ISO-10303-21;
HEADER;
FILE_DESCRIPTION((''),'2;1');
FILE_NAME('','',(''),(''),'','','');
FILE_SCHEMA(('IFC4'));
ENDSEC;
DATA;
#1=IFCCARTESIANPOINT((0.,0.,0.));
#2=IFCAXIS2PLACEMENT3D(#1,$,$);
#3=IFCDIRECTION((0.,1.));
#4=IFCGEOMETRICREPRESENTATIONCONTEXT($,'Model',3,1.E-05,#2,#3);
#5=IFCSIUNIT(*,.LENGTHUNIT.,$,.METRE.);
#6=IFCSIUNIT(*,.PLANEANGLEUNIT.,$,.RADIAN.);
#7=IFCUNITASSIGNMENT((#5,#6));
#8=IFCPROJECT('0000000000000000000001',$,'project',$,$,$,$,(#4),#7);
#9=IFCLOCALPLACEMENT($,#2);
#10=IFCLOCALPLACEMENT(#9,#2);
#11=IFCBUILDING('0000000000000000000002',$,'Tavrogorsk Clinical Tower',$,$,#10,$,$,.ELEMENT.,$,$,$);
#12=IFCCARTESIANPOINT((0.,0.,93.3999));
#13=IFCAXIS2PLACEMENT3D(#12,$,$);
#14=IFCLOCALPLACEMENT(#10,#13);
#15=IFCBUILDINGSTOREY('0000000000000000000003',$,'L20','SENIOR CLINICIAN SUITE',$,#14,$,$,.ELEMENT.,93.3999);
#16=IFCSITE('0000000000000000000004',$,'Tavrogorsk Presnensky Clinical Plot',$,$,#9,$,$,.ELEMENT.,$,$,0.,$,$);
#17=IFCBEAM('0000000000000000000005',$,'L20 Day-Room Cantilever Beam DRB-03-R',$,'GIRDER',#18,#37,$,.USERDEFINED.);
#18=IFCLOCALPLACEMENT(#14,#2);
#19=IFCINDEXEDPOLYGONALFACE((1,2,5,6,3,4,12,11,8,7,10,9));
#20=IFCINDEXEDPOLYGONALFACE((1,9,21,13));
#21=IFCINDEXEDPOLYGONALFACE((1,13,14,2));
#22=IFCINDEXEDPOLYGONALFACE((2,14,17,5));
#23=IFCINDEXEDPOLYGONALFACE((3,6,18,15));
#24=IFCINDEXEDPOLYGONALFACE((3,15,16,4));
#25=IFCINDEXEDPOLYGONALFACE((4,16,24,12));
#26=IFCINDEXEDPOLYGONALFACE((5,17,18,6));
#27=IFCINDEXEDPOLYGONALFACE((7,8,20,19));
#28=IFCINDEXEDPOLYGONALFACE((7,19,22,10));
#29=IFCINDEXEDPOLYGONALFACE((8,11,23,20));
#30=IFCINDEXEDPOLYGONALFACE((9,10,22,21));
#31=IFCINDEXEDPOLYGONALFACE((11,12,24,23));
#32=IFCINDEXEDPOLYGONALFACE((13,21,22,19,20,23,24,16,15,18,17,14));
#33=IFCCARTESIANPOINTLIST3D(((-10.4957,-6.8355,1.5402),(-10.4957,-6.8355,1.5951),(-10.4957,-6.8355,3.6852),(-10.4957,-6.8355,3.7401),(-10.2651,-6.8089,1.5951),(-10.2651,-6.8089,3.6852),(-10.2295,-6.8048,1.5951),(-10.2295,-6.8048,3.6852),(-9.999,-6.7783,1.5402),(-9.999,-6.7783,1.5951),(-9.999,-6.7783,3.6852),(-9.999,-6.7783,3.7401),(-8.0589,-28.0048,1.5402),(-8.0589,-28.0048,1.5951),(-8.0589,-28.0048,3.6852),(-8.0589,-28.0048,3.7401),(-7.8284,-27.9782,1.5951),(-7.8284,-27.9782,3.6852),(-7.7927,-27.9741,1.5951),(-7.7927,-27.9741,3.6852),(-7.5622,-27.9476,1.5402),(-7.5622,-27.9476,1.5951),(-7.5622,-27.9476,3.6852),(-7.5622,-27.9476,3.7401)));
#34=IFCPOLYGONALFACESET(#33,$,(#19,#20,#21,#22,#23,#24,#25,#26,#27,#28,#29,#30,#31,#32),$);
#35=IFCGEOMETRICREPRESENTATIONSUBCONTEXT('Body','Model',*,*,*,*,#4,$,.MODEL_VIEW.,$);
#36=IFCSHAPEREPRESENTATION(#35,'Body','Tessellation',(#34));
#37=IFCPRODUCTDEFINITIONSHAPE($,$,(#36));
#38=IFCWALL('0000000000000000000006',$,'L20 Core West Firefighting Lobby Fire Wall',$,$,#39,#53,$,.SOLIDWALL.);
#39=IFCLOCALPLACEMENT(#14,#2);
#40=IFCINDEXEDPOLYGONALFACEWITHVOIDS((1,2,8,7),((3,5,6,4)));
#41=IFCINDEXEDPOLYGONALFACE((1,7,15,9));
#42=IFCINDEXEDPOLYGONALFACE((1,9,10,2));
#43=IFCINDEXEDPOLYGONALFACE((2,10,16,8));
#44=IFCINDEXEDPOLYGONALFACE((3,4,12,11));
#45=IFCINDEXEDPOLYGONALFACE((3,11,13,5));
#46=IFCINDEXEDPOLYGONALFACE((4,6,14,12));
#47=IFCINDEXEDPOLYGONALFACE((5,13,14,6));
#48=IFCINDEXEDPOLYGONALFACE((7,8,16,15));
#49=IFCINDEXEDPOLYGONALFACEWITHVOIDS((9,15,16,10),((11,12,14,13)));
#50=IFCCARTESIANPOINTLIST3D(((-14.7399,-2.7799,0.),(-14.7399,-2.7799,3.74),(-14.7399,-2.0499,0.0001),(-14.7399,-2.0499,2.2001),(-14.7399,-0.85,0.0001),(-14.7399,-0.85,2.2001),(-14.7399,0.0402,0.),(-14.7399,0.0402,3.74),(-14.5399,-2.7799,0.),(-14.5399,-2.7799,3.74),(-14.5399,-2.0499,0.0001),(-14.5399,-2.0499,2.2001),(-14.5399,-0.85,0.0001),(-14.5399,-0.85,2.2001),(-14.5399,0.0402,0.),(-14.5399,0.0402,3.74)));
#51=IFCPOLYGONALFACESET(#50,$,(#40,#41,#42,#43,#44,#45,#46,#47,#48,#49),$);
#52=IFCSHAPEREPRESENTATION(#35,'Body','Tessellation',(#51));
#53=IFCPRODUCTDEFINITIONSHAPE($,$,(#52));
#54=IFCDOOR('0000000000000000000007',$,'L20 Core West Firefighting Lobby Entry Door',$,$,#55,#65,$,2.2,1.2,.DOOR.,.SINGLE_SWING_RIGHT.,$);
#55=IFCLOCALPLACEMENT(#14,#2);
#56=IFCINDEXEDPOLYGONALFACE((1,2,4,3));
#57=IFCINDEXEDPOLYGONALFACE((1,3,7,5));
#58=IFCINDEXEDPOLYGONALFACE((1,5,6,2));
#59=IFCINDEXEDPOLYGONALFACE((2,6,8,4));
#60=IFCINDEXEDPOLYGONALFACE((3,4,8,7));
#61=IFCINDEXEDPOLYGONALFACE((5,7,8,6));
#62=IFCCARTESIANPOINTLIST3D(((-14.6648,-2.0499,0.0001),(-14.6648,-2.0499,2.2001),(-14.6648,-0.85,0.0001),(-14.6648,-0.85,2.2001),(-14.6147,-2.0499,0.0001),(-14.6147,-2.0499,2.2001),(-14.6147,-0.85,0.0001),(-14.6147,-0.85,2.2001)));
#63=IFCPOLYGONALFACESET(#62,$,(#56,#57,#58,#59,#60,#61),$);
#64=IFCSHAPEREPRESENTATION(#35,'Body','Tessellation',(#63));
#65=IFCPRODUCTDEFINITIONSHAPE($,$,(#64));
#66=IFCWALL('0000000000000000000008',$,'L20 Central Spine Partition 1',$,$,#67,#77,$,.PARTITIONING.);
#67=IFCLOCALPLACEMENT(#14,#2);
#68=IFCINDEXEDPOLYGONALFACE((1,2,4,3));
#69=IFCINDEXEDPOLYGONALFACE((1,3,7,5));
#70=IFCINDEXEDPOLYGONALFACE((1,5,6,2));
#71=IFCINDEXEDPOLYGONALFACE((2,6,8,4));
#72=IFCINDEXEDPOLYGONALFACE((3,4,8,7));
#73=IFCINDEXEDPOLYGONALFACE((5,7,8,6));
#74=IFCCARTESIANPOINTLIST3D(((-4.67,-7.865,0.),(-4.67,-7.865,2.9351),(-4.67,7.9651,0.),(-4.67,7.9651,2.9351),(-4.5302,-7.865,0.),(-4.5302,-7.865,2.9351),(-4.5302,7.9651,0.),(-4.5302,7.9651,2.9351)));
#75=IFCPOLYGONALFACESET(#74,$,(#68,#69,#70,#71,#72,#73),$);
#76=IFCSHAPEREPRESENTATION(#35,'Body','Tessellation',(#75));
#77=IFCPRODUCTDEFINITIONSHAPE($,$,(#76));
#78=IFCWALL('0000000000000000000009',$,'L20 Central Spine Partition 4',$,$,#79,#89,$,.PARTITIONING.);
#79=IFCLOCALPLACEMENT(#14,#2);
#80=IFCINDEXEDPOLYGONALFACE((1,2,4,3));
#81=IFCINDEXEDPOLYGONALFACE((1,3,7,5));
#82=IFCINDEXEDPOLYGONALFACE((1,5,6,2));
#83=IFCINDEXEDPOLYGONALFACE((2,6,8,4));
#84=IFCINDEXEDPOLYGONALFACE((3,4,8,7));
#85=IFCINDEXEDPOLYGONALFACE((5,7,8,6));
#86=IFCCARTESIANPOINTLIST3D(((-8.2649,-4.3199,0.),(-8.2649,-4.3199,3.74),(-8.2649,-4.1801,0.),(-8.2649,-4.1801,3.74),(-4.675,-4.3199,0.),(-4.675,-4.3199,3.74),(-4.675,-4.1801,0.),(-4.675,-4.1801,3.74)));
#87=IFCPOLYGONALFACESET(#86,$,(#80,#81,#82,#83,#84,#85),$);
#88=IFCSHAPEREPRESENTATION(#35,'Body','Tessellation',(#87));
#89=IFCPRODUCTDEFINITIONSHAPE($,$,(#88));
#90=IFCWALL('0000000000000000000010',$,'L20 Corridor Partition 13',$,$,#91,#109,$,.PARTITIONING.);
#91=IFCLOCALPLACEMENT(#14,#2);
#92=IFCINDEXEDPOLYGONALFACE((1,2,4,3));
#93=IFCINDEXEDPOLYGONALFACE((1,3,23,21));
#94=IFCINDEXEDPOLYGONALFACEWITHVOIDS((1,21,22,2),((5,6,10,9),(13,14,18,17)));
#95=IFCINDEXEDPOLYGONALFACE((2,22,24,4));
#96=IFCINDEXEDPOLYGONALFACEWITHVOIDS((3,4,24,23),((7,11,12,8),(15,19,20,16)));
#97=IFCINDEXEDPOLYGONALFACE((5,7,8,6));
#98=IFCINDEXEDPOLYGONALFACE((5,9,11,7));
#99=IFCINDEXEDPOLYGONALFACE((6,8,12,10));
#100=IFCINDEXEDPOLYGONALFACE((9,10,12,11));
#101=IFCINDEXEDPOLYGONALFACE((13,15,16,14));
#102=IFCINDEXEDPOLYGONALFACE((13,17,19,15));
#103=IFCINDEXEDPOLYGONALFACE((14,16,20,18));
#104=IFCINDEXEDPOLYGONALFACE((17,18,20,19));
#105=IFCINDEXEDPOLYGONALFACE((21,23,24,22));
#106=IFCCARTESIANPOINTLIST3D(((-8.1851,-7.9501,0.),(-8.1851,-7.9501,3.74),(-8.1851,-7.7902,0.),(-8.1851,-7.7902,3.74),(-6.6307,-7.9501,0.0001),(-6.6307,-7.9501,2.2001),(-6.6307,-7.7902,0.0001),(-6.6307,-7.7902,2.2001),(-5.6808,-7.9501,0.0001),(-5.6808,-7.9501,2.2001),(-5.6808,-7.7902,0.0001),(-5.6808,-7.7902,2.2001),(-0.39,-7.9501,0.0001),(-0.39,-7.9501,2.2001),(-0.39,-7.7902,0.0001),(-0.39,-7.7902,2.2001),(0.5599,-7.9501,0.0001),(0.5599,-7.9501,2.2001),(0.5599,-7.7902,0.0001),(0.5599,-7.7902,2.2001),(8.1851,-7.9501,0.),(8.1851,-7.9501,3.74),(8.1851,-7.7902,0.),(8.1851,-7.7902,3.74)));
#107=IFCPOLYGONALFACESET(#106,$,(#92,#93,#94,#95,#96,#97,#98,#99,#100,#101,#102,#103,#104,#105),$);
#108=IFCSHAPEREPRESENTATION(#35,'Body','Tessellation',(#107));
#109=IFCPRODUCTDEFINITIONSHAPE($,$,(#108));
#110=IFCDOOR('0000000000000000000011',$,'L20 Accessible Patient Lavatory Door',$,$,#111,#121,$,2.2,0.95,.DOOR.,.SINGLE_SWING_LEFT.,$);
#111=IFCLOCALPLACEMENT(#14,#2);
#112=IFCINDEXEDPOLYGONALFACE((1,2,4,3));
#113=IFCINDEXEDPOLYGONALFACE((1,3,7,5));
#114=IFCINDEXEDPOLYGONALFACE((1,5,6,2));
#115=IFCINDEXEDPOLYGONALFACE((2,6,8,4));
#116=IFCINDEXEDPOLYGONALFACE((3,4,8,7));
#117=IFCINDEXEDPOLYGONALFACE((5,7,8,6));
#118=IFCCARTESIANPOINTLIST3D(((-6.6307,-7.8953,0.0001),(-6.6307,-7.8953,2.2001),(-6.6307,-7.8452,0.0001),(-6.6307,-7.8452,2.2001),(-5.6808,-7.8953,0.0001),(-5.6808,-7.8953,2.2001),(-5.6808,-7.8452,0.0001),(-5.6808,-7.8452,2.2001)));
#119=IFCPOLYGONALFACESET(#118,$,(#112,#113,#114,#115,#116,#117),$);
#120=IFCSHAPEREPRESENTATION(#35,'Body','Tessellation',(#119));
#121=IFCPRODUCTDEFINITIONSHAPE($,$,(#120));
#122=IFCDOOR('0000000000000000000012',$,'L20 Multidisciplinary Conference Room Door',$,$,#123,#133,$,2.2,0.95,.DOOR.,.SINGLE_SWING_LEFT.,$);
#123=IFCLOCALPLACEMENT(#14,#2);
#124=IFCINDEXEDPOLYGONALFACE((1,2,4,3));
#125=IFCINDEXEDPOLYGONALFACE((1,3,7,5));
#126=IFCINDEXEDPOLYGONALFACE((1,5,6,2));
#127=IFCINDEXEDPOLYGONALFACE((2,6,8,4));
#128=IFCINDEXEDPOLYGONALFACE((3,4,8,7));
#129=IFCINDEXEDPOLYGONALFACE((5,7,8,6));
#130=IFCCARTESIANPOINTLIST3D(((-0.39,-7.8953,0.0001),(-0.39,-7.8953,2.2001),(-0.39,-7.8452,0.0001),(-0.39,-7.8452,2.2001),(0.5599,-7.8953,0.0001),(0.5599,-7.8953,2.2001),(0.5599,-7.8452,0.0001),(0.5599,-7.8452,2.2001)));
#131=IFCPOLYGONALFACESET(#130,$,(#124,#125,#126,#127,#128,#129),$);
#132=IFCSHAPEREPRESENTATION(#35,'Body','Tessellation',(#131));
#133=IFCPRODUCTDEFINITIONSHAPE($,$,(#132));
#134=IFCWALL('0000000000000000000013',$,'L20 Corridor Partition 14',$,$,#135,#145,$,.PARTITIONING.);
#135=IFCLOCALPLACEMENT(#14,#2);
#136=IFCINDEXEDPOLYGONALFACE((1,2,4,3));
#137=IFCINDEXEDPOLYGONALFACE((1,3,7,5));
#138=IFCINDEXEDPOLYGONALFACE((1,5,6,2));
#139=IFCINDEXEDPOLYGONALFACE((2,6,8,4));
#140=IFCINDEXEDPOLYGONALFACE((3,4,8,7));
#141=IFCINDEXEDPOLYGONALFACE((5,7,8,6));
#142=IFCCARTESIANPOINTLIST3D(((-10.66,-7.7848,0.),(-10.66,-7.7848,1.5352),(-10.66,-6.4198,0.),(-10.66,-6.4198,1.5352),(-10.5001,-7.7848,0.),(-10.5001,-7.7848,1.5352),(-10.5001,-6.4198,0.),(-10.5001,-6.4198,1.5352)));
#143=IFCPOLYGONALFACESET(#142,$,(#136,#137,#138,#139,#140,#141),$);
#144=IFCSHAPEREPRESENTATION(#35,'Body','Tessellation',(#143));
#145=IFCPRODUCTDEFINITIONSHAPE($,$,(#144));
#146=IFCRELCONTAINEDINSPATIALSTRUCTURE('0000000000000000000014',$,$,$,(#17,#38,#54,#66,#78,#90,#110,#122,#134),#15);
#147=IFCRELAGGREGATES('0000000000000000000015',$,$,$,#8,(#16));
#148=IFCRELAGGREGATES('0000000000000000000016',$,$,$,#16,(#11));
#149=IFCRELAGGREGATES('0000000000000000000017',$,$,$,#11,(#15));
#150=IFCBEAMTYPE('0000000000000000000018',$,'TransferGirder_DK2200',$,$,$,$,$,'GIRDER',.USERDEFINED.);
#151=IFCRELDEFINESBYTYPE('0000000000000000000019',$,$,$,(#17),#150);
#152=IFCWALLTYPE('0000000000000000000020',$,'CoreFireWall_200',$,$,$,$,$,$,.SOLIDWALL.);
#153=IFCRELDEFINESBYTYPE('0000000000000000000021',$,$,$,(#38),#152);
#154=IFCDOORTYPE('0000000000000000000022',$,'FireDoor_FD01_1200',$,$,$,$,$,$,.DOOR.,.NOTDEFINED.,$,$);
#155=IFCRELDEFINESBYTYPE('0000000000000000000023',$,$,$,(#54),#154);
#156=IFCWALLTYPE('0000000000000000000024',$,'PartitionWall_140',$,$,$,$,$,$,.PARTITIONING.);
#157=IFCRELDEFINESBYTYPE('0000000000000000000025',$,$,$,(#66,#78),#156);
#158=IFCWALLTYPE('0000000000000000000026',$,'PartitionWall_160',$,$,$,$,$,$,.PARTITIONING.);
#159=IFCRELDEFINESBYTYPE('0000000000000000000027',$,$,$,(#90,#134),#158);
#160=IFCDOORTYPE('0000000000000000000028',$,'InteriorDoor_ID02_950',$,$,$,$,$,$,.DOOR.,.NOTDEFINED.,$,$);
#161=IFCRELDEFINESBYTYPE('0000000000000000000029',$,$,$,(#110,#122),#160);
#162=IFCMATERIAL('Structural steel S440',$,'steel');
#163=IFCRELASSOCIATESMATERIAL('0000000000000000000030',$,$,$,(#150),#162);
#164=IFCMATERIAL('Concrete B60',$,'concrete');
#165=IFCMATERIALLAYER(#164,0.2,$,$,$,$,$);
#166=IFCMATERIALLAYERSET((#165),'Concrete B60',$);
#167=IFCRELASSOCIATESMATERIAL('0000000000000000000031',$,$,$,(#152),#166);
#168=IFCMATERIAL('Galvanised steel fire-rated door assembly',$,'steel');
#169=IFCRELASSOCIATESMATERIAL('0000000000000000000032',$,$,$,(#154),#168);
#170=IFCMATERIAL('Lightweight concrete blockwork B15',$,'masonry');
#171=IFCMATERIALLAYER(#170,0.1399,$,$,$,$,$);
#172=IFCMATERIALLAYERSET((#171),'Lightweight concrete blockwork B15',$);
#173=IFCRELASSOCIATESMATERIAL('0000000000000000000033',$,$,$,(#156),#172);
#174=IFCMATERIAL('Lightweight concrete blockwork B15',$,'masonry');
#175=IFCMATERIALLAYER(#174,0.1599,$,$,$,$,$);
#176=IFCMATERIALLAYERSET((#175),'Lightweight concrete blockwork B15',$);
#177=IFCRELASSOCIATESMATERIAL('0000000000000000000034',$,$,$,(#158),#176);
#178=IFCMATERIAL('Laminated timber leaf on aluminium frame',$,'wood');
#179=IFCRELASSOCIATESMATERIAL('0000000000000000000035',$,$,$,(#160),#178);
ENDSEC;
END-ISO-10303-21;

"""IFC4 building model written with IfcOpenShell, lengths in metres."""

from ifc_helpers import new_model, si_unit, direction, frame, frame_2d, origin, origin_2d, place, context, subcontext, project, spatial, rectangle, i_section, extrude, material, layer, layer_set, material_profile, profile_set, type_object, element, fill, save


model = new_model("IFC4")

# Units and contexts
model_context = context("Model", 3, precision=1e-05, world=origin(), true_north=direction((0.0, 1.0)))
body_context = subcontext(model_context, "Body", "Model", "MODEL_VIEW")
ifc_project = project(units=[si_unit("LENGTHUNIT", "METRE"), si_unit("PLANEANGLEUNIT", "RADIAN")], contexts=[model_context])

# Site, building, storey
site_placement = place(None, origin())
site = spatial("IfcSite", under=ifc_project, at=site_placement, Name="Tavrogorsk Presnensky Clinical Plot", CompositionType="ELEMENT", RefElevation=0.0)
building_placement = place(site_placement, origin())
building = spatial("IfcBuilding", under=site, at=building_placement, Name="Tavrogorsk Clinical Tower", CompositionType="ELEMENT")
storey_placement = place(building_placement, frame((0.0, 0.0, 93.3999)))
storey = spatial("IfcBuildingStorey", under=building, at=storey_placement, Name="L20", Description="SENIOR CLINICIAN SUITE", CompositionType="ELEMENT", Elevation=93.3999)

# Beam
ifc_material_1 = material(Name="Structural steel S440", Category="steel")
ifc_material_profile_1 = material_profile(ifc_material_1, i_section(OverallWidth=0.5, OverallDepth=2.2, WebThickness=0.0359, FlangeThickness=0.0549, at=origin_2d()), Name="DK-2200x500x36x55")
ifc_profile_set_1 = profile_set([ifc_material_profile_1], Name="Structural steel S440")
beam_type_1 = type_object("IfcBeamType", Name="TransferGirder_DK2200", ElementType="GIRDER", PredefinedType="USERDEFINED", material=ifc_profile_set_1)
beam_1_placement = place(storey_placement, frame((-10.2473, -6.8069, 2.6401), z_axis=(0.114354, -0.99344, 0.0), x_axis=(0.99344, 0.114354, 0.0)))
element("IfcBeam", 1, at=beam_1_placement, inside=storey, type_object=beam_type_1, Name="L20 Day-Room Cantilever Beam DRB-03-R", ObjectType="GIRDER", PredefinedType="USERDEFINED", context=body_context, shape_type="SweptSolid", body=[
    extrude(i_section(OverallWidth=0.5, OverallDepth=2.2, WebThickness=0.0359, FlangeThickness=0.0549, at=origin_2d()), origin(), (0.0, 0.0, 1.0), 21.3091),
])

# Wall, opening, door
ifc_material_2 = material(Name="Concrete B60", Category="concrete")
ifc_layer_1 = layer(ifc_material_2, 0.2)
ifc_layer_set_1 = layer_set([ifc_layer_1], Name="Concrete B60")
wall_type_1 = type_object("IfcWallType", Name="CoreFireWall_200", PredefinedType="SOLIDWALL", material=ifc_layer_set_1)
wall_1_placement = place(storey_placement, frame((-14.6399, -2.78, 0.0), z_axis=(0.0, 0.0, 1.0), x_axis=(0.0, 1.0, 0.0)))
wall_1 = element("IfcWall", 2, at=wall_1_placement, inside=storey, type_object=wall_type_1, Name="L20 Core West Firefighting Lobby Fire Wall", PredefinedType="SOLIDWALL", context=body_context, shape_type="SweptSolid", body=[
    extrude(rectangle(XDim=2.8201, YDim=0.2, at=frame_2d((1.4102, 0.0))), origin(), (0.0, 0.0, 1.0), 3.74),
])
opening_1_placement = place(wall_1_placement, frame((0.73, 0.0, 0.0)))
opening_1 = element("IfcOpeningElement", 3, at=opening_1_placement, cuts=wall_1, PredefinedType="OPENING", context=body_context, shape_type="SweptSolid", body=[
    extrude(rectangle(XDim=1.2, YDim=2.2, at=frame_2d((0.6001, 1.1001))), frame((0.0, 0.1099, 0.0), z_axis=(0.0, -1.0, 0.0), x_axis=(1.0, 0.0, 0.0)), (0.0, 0.0, 1.0), 0.22),
])
ifc_material_3 = material(Name="Galvanised steel fire-rated door assembly", Category="steel")
door_type_1 = type_object("IfcDoorType", Name="FireDoor_FD01_1200", OperationType="NOTDEFINED", PredefinedType="DOOR", material=ifc_material_3)
door_1_placement = place(opening_1_placement, origin())
door_1 = element("IfcDoor", 4, at=door_1_placement, inside=storey, type_object=door_type_1, Name="L20 Core West Firefighting Lobby Entry Door", OperationType="SINGLE_SWING_RIGHT", OverallHeight=2.2, OverallWidth=1.2, PredefinedType="DOOR", context=body_context, shape_type="SweptSolid", body=[
    extrude(rectangle(XDim=1.2, YDim=2.2, at=frame_2d((0.6001, 1.1001))), frame((0.0, 0.0249, 0.0), z_axis=(0.0, -1.0, 0.0), x_axis=(1.0, 0.0, 0.0)), (0.0, 0.0, 1.0), 0.05),
])
fill(opening_1, door_1)

# Walls
ifc_material_4 = material(Name="Lightweight concrete blockwork B15", Category="masonry")
ifc_layer_2 = layer(ifc_material_4, 0.1399)
ifc_layer_set_2 = layer_set([ifc_layer_2], Name="Lightweight concrete blockwork B15")
wall_type_2 = type_object("IfcWallType", Name="PartitionWall_140", PredefinedType="PARTITIONING", material=ifc_layer_set_2)
wall_2_placement = place(storey_placement, frame((-4.6001, -7.865, 0.0), z_axis=(0.0, 0.0, 1.0), x_axis=(0.0, 1.0, 0.0)))
element("IfcWall", 5, at=wall_2_placement, inside=storey, type_object=wall_type_2, Name="L20 Central Spine Partition 1", PredefinedType="PARTITIONING", context=body_context, shape_type="SweptSolid", body=[
    extrude(rectangle(XDim=15.8301, YDim=0.1399, at=frame_2d((7.915, 0.0))), origin(), (0.0, 0.0, 1.0), 2.9351),
])
wall_3_placement = place(storey_placement, frame((-8.2649, -4.25, 0.0), z_axis=(0.0, 0.0, 1.0), x_axis=(1.0, 0.0, 0.0)))
element("IfcWall", 6, at=wall_3_placement, inside=storey, type_object=wall_type_2, Name="L20 Central Spine Partition 4", PredefinedType="PARTITIONING", context=body_context, shape_type="SweptSolid", body=[
    extrude(rectangle(XDim=3.5898, YDim=0.1399, at=frame_2d((1.7949, 0.0))), origin(), (0.0, 0.0, 1.0), 3.74),
])

# Wall, openings, doors
ifc_material_5 = material(Name="Lightweight concrete blockwork B15", Category="masonry")
ifc_layer_3 = layer(ifc_material_5, 0.1599)
ifc_layer_set_3 = layer_set([ifc_layer_3], Name="Lightweight concrete blockwork B15")
wall_type_3 = type_object("IfcWallType", Name="PartitionWall_160", PredefinedType="PARTITIONING", material=ifc_layer_set_3)
wall_4_placement = place(storey_placement, frame((-8.1851, -7.8701, 0.0), z_axis=(0.0, 0.0, 1.0), x_axis=(1.0, 0.0, 0.0)))
wall_4 = element("IfcWall", 7, at=wall_4_placement, inside=storey, type_object=wall_type_3, Name="L20 Corridor Partition 13", PredefinedType="PARTITIONING", context=body_context, shape_type="SweptSolid", body=[
    extrude(rectangle(XDim=16.3701, YDim=0.1599, at=frame_2d((8.1851, 0.0))), origin(), (0.0, 0.0, 1.0), 3.74),
])
opening_2_placement = place(wall_4_placement, frame((1.5542, 0.0, 0.0)))
opening_2 = element("IfcOpeningElement", 8, at=opening_2_placement, cuts=wall_4, PredefinedType="OPENING", context=body_context, shape_type="SweptSolid", body=[
    extrude(rectangle(XDim=0.95, YDim=2.2, at=frame_2d((0.4751, 1.1001))), frame((0.0, 0.0898, 0.0), z_axis=(0.0, -1.0, 0.0), x_axis=(1.0, 0.0, 0.0)), (0.0, 0.0, 1.0), 0.1799),
])
opening_3_placement = place(wall_4_placement, frame((7.7949, 0.0, 0.0)))
opening_3 = element("IfcOpeningElement", 9, at=opening_3_placement, cuts=wall_4, PredefinedType="OPENING", context=body_context, shape_type="SweptSolid", body=[
    extrude(rectangle(XDim=0.95, YDim=2.2, at=frame_2d((0.4751, 1.1001))), frame((0.0, 0.0898, 0.0), z_axis=(0.0, -1.0, 0.0), x_axis=(1.0, 0.0, 0.0)), (0.0, 0.0, 1.0), 0.1799),
])
ifc_material_6 = material(Name="Laminated timber leaf on aluminium frame", Category="wood")
door_type_2 = type_object("IfcDoorType", Name="InteriorDoor_ID02_950", OperationType="NOTDEFINED", PredefinedType="DOOR", material=ifc_material_6)
door_2_placement = place(opening_2_placement, origin())
door_2 = element("IfcDoor", 10, at=door_2_placement, inside=storey, type_object=door_type_2, Name="L20 Accessible Patient Lavatory Door", OperationType="SINGLE_SWING_LEFT", OverallHeight=2.2, OverallWidth=0.95, PredefinedType="DOOR", context=body_context, shape_type="SweptSolid", body=[
    extrude(rectangle(XDim=0.95, YDim=2.2, at=frame_2d((0.4751, 1.1001))), frame((0.0, 0.0249, 0.0), z_axis=(0.0, -1.0, 0.0), x_axis=(1.0, 0.0, 0.0)), (0.0, 0.0, 1.0), 0.05),
])
fill(opening_2, door_2)
door_3_placement = place(opening_3_placement, origin())
door_3 = element("IfcDoor", 11, at=door_3_placement, inside=storey, type_object=door_type_2, Name="L20 Multidisciplinary Conference Room Door", OperationType="SINGLE_SWING_LEFT", OverallHeight=2.2, OverallWidth=0.95, PredefinedType="DOOR", context=body_context, shape_type="SweptSolid", body=[
    extrude(rectangle(XDim=0.95, YDim=2.2, at=frame_2d((0.4751, 1.1001))), frame((0.0, 0.0249, 0.0), z_axis=(0.0, -1.0, 0.0), x_axis=(1.0, 0.0, 0.0)), (0.0, 0.0, 1.0), 0.05),
])
fill(opening_3, door_3)

# Wall
wall_5_placement = place(storey_placement, frame((-10.5801, -7.7849, 0.0), z_axis=(0.0, 0.0, 1.0), x_axis=(0.0, 1.0, 0.0)))
element("IfcWall", 12, at=wall_5_placement, inside=storey, type_object=wall_type_3, Name="L20 Corridor Partition 14", PredefinedType="PARTITIONING", context=body_context, shape_type="SweptSolid", body=[
    extrude(rectangle(XDim=1.365, YDim=0.1599, at=frame_2d((0.6826, 0.0))), origin(), (0.0, 0.0, 1.0), 1.5352),
])

save(model, "model.ifc")
